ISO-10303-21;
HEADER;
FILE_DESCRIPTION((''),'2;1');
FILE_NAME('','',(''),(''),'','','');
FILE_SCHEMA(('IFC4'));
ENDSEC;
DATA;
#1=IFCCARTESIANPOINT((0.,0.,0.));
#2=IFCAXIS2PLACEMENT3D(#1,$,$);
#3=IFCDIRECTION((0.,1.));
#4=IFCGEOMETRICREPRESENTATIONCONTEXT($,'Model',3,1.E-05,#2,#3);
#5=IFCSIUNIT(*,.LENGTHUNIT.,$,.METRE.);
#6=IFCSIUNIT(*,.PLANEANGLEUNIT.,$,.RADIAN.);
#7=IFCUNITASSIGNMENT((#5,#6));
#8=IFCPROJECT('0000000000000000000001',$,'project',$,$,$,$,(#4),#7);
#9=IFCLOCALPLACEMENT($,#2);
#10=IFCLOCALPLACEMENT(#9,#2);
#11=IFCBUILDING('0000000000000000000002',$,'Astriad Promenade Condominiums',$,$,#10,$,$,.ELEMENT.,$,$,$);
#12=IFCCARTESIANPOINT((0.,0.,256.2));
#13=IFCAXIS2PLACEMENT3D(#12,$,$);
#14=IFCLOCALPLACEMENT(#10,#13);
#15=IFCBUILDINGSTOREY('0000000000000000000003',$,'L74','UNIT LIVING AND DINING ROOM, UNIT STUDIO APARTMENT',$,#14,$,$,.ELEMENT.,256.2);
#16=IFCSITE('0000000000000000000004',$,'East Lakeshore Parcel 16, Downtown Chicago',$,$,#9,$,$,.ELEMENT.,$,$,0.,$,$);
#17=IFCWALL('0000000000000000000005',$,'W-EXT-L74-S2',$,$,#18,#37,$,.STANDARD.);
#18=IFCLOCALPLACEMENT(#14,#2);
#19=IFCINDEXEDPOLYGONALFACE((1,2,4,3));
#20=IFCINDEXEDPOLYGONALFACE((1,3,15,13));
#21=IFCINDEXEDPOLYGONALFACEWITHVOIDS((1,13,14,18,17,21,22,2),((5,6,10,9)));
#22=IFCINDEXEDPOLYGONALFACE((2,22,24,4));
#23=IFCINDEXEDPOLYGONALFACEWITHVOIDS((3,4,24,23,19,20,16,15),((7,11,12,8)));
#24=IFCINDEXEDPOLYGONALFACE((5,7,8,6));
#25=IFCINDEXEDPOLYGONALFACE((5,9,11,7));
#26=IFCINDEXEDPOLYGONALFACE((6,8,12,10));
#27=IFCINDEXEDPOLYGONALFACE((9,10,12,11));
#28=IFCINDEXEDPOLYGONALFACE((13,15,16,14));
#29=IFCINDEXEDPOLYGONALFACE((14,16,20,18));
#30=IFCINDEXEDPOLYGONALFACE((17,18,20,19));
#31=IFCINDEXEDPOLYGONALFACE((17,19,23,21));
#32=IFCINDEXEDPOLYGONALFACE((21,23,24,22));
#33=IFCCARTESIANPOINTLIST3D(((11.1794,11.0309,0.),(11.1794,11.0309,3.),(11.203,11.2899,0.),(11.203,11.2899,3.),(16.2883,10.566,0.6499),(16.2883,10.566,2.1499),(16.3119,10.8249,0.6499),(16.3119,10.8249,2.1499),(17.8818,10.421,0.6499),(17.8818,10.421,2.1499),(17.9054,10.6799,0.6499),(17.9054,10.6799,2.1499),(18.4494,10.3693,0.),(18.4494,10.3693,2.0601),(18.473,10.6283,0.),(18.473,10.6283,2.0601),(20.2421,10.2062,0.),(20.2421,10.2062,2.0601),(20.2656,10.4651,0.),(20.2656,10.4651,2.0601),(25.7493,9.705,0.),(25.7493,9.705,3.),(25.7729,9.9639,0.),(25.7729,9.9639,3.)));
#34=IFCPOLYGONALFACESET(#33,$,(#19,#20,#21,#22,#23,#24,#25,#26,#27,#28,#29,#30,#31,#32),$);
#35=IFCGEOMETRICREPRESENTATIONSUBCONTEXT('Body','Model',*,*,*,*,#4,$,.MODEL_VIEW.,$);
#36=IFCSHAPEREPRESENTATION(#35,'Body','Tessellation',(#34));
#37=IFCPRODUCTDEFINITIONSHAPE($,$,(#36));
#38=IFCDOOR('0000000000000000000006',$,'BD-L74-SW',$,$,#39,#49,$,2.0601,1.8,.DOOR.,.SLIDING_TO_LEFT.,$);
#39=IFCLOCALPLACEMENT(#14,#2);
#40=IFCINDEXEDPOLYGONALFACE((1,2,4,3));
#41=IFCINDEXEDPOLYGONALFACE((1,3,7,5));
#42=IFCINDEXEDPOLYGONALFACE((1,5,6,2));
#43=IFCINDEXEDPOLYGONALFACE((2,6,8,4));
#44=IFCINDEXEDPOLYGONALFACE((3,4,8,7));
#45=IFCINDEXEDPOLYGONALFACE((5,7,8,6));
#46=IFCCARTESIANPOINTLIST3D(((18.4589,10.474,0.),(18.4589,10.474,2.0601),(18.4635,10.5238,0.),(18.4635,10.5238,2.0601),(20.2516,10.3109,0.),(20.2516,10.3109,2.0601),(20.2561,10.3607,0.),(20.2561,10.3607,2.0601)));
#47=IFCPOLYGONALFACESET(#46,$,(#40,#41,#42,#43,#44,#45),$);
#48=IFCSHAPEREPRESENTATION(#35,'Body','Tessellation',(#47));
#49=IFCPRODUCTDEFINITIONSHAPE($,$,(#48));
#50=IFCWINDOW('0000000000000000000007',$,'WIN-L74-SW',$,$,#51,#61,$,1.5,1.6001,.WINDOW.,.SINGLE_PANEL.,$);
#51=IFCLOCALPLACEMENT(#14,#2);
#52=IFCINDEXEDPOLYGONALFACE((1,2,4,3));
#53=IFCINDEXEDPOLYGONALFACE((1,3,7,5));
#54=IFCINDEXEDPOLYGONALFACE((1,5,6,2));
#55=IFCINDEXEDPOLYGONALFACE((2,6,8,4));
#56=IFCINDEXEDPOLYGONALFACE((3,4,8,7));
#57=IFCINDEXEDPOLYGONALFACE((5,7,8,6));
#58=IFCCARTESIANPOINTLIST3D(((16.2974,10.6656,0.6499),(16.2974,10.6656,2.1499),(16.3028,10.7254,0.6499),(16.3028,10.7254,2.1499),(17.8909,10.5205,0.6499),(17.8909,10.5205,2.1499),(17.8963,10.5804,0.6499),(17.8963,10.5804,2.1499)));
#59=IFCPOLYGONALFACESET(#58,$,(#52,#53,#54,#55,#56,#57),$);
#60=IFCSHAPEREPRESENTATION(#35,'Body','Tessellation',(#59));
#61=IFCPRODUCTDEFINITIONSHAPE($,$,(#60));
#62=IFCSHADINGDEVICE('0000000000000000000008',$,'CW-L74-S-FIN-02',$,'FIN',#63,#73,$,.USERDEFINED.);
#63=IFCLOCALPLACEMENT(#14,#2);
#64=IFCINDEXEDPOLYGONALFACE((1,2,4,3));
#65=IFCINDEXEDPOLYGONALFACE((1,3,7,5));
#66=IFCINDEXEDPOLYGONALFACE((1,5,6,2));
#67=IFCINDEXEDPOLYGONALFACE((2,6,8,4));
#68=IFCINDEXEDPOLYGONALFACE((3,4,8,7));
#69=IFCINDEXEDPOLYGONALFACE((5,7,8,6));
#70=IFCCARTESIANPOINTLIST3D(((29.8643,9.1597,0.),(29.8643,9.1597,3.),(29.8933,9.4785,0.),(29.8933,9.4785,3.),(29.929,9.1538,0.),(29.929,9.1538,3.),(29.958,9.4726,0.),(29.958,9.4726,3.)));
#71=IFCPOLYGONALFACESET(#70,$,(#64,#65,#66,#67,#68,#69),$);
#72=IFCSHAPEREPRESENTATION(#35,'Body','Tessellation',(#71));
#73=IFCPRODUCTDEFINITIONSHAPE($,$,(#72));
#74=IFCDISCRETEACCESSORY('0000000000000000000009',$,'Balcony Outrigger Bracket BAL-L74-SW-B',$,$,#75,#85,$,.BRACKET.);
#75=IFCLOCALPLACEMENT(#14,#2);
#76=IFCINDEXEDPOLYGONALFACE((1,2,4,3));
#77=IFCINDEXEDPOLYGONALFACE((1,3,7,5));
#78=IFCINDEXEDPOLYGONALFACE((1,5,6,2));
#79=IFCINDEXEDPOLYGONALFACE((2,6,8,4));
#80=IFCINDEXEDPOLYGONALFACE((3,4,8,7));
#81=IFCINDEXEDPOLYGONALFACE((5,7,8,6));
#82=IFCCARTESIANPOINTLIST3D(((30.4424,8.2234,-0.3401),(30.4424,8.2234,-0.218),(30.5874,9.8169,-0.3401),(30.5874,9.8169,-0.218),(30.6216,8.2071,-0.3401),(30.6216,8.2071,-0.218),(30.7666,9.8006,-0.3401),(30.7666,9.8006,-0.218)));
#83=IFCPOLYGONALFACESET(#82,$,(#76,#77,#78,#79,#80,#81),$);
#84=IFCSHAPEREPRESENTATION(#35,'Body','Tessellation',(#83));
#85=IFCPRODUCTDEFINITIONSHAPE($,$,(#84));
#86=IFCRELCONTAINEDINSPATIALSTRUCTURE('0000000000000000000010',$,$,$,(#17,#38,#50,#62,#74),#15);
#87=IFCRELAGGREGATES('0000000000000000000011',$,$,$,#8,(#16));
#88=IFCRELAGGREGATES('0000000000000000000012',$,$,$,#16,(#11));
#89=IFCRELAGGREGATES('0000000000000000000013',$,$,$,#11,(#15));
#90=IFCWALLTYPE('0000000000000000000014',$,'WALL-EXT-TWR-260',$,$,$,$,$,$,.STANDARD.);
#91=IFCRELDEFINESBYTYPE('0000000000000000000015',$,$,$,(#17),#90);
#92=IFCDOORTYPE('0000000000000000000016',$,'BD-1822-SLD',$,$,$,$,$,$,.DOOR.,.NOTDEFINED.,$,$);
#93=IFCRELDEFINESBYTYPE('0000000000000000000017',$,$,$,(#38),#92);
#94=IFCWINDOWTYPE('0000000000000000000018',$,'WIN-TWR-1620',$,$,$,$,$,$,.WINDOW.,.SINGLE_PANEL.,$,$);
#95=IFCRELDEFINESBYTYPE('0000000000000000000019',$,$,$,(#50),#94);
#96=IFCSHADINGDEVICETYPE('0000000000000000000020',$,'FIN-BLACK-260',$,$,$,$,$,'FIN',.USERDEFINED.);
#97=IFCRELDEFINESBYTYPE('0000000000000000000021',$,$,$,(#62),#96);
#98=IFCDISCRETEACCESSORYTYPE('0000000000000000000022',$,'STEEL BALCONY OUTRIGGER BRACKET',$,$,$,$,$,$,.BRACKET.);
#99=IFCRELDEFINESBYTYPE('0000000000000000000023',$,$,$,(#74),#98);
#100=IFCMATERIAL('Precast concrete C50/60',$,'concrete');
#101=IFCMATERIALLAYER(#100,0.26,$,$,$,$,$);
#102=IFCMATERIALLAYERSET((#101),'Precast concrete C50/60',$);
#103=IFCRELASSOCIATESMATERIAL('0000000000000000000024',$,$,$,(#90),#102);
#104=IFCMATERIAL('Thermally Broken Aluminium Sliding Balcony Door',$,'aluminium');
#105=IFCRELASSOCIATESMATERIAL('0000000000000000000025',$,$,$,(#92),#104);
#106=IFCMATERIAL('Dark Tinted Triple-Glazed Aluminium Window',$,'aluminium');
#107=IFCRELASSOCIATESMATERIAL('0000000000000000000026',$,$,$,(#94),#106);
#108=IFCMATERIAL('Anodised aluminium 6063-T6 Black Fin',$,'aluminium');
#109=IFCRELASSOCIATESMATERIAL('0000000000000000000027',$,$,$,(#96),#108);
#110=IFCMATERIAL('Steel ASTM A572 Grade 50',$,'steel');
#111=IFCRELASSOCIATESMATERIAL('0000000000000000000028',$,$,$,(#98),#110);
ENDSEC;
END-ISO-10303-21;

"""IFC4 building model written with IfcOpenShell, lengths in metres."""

from ifc_helpers import new_model, si_unit, direction, frame, frame_2d, origin, origin_2d, place, context, subcontext, project, spatial, rectangle, extrude, source, transform, mapped, material, layer, layer_set, type_object, type_shapes, element, fill, save


model = new_model("IFC4")

# Units and contexts
model_context = context("Model", 3, precision=1e-05, world=origin(), true_north=direction((0.0, 1.0)))
body_context = subcontext(model_context, "Body", "Model", "MODEL_VIEW")
ifc_project = project(units=[si_unit("LENGTHUNIT", "METRE"), si_unit("PLANEANGLEUNIT", "RADIAN")], contexts=[model_context])

# Site, building, storey
site_placement = place(None, origin())
site = spatial("IfcSite", under=ifc_project, at=site_placement, Name="East Lakeshore Parcel 16, Downtown Chicago", CompositionType="ELEMENT", RefElevation=0.0)
building_placement = place(site_placement, origin())
building = spatial("IfcBuilding", under=site, at=building_placement, Name="Astriad Promenade Condominiums", CompositionType="ELEMENT")
storey_placement = place(building_placement, frame((0.0, 0.0, 256.2)))
storey = spatial("IfcBuildingStorey", under=building, at=storey_placement, Name="L74", Description="UNIT LIVING AND DINING ROOM, UNIT STUDIO APARTMENT", CompositionType="ELEMENT", Elevation=256.2)

# Wall, openings, door, window
ifc_material_1 = material(Name="Precast concrete C50/60", Category="concrete")
ifc_layer_1 = layer(ifc_material_1, 0.26)
ifc_layer_set_1 = layer_set([ifc_layer_1], Name="Precast concrete C50/60")
wall_type_1 = type_object("IfcWallType", Name="WALL-EXT-TWR-260", PredefinedType="STANDARD", material=ifc_layer_set_1)
wall_1_placement = place(storey_placement, frame((25.761, 9.8345, 0.0), z_axis=(0.0, 0.0, 1.0), x_axis=(-0.995885, 0.090631, 0.0)))
wall_1 = element("IfcWall", 1, at=wall_1_placement, inside=storey, type_object=wall_type_1, Name="W-EXT-L74-S2", PredefinedType="STANDARD", context=body_context, shape_type="SweptSolid", body=[
    extrude(rectangle(XDim=14.6301, YDim=0.26, at=frame_2d((7.3149, 0.0))), origin(), (0.0, 0.0, 1.0), 3.0),
])
opening_1_placement = place(wall_1_placement, frame((5.53, 0.0, 0.0)))
opening_1 = element("IfcOpeningElement", 2, at=opening_1_placement, cuts=wall_1, PredefinedType="OPENING", context=body_context, shape_type="SweptSolid", body=[
    extrude(rectangle(XDim=1.8, YDim=2.0601, at=frame_2d((0.8999, 1.03))), frame((0.0, 0.1399, 0.0), z_axis=(0.0, -1.0, 0.0), x_axis=(1.0, 0.0, 0.0)), (0.0, 0.0, 1.0), 0.28),
])
opening_2_placement = place(wall_1_placement, frame((7.8999, 0.0, 0.6499)))
opening_2 = element("IfcOpeningElement", 3, at=opening_2_placement, cuts=wall_1, PredefinedType="OPENING", context=body_context, shape_type="SweptSolid", body=[
    extrude(rectangle(XDim=1.6001, YDim=1.5, at=frame_2d((0.8, 0.75))), frame((0.0, 0.1399, 0.0), z_axis=(0.0, -1.0, 0.0), x_axis=(1.0, 0.0, 0.0)), (0.0, 0.0, 1.0), 0.28),
])
ifc_material_2 = material(Name="Thermally Broken Aluminium Sliding Balcony Door", Category="aluminium")
door_type_1 = type_object("IfcDoorType", Name="BD-1822-SLD", OperationType="NOTDEFINED", PredefinedType="DOOR", material=ifc_material_2)
shared_shape_1 = source(origin(), body_context, "Body", "SweptSolid", [
    extrude(rectangle(XDim=1.8, YDim=2.0601, at=frame_2d((0.8999, 1.03))), frame((0.0, 0.0249, 0.0), z_axis=(0.0, -1.0, 0.0), x_axis=(1.0, 0.0, 0.0)), (0.0, 0.0, 1.0), 0.05),
])
type_shapes(door_type_1, [shared_shape_1])
door_1_placement = place(opening_1_placement, origin())
door_1 = element("IfcDoor", 4, at=door_1_placement, inside=storey, type_object=door_type_1, Name="BD-L74-SW", OperationType="SLIDING_TO_LEFT", OverallHeight=2.0601, OverallWidth=1.8, PredefinedType="DOOR", context=body_context, shape_type="MappedRepresentation", body=[
    mapped(shared_shape_1, transform((0.0, 0.0, 0.0), scale=1.0)),
])
fill(opening_1, door_1)
ifc_material_3 = material(Name="Dark Tinted Triple-Glazed Aluminium Window", Category="aluminium")
window_type = type_object("IfcWindowType", Name="WIN-TWR-1620", PartitioningType="SINGLE_PANEL", PredefinedType="WINDOW", material=ifc_material_3)
shared_shape_2 = source(origin(), body_context, "Body", "SweptSolid", [
    extrude(rectangle(XDim=1.6001, YDim=1.5, at=frame_2d((0.8, 0.75))), frame((0.0, 0.03, 0.0), z_axis=(0.0, -1.0, 0.0), x_axis=(1.0, 0.0, 0.0)), (0.0, 0.0, 1.0), 0.0601),
])
type_shapes(window_type, [shared_shape_2])
window_placement = place(opening_2_placement, origin())
window = element("IfcWindow", 5, at=window_placement, inside=storey, type_object=window_type, Name="WIN-L74-SW", OverallHeight=1.5, OverallWidth=1.6001, PartitioningType="SINGLE_PANEL", PredefinedType="WINDOW", context=body_context, shape_type="MappedRepresentation", body=[
    mapped(shared_shape_2, transform((0.0, 0.0, 0.0), scale=1.0)),
])
fill(opening_2, window)

# Shading device
ifc_material_4 = material(Name="Anodised aluminium 6063-T6 Black Fin", Category="aluminium")
shading_device_type = type_object("IfcShadingDeviceType", Name="FIN-BLACK-260", ElementType="FIN", PredefinedType="USERDEFINED", material=ifc_material_4)
shared_shape_3 = source(origin(), body_context, "Body", "SweptSolid", [
    extrude(rectangle(XDim=0.0649, YDim=0.3201, at=origin_2d()), origin(), (0.0, 0.0, 1.0), 3.0),
])
type_shapes(shading_device_type, [shared_shape_3])
shading_device_placement = place(storey_placement, frame((29.9111, 9.3162, 0.0), z_axis=(0.0, 0.0, 1.0), x_axis=(-0.995884, 0.090633, 0.0)))
element("IfcShadingDevice", 6, at=shading_device_placement, inside=storey, type_object=shading_device_type, Name="CW-L74-S-FIN-02", ObjectType="FIN", PredefinedType="USERDEFINED", context=body_context, shape_type="MappedRepresentation", body=[
    mapped(shared_shape_3, transform((0.0, 0.0, 0.0), scale=1.0)),
])

# Discrete accessory
ifc_material_5 = material(Name="Steel ASTM A572 Grade 50", Category="steel")
discrete_accessory_type = type_object("IfcDiscreteAccessoryType", Name="STEEL BALCONY OUTRIGGER BRACKET", PredefinedType="BRACKET", material=ifc_material_5)
shared_shape_4 = source(origin(), body_context, "Body", "SweptSolid", [
    extrude(rectangle(XDim=1.6001, YDim=0.1799, at=origin_2d()), origin(), (0.0, 0.0, 1.0), 0.1221),
])
type_shapes(discrete_accessory_type, [shared_shape_4])
discrete_accessory_placement = place(storey_placement, frame((30.6045, 9.012, -0.3401), z_axis=(0.0, 0.0, 1.0), x_axis=(-0.090633, -0.995884, 0.0)))
element("IfcDiscreteAccessory", 7, at=discrete_accessory_placement, inside=storey, type_object=discrete_accessory_type, Name="Balcony Outrigger Bracket BAL-L74-SW-B", PredefinedType="BRACKET", context=body_context, shape_type="MappedRepresentation", body=[
    mapped(shared_shape_4, transform((0.0, 0.0, 0.0), scale=1.0)),
])

save(model, "model.ifc")
